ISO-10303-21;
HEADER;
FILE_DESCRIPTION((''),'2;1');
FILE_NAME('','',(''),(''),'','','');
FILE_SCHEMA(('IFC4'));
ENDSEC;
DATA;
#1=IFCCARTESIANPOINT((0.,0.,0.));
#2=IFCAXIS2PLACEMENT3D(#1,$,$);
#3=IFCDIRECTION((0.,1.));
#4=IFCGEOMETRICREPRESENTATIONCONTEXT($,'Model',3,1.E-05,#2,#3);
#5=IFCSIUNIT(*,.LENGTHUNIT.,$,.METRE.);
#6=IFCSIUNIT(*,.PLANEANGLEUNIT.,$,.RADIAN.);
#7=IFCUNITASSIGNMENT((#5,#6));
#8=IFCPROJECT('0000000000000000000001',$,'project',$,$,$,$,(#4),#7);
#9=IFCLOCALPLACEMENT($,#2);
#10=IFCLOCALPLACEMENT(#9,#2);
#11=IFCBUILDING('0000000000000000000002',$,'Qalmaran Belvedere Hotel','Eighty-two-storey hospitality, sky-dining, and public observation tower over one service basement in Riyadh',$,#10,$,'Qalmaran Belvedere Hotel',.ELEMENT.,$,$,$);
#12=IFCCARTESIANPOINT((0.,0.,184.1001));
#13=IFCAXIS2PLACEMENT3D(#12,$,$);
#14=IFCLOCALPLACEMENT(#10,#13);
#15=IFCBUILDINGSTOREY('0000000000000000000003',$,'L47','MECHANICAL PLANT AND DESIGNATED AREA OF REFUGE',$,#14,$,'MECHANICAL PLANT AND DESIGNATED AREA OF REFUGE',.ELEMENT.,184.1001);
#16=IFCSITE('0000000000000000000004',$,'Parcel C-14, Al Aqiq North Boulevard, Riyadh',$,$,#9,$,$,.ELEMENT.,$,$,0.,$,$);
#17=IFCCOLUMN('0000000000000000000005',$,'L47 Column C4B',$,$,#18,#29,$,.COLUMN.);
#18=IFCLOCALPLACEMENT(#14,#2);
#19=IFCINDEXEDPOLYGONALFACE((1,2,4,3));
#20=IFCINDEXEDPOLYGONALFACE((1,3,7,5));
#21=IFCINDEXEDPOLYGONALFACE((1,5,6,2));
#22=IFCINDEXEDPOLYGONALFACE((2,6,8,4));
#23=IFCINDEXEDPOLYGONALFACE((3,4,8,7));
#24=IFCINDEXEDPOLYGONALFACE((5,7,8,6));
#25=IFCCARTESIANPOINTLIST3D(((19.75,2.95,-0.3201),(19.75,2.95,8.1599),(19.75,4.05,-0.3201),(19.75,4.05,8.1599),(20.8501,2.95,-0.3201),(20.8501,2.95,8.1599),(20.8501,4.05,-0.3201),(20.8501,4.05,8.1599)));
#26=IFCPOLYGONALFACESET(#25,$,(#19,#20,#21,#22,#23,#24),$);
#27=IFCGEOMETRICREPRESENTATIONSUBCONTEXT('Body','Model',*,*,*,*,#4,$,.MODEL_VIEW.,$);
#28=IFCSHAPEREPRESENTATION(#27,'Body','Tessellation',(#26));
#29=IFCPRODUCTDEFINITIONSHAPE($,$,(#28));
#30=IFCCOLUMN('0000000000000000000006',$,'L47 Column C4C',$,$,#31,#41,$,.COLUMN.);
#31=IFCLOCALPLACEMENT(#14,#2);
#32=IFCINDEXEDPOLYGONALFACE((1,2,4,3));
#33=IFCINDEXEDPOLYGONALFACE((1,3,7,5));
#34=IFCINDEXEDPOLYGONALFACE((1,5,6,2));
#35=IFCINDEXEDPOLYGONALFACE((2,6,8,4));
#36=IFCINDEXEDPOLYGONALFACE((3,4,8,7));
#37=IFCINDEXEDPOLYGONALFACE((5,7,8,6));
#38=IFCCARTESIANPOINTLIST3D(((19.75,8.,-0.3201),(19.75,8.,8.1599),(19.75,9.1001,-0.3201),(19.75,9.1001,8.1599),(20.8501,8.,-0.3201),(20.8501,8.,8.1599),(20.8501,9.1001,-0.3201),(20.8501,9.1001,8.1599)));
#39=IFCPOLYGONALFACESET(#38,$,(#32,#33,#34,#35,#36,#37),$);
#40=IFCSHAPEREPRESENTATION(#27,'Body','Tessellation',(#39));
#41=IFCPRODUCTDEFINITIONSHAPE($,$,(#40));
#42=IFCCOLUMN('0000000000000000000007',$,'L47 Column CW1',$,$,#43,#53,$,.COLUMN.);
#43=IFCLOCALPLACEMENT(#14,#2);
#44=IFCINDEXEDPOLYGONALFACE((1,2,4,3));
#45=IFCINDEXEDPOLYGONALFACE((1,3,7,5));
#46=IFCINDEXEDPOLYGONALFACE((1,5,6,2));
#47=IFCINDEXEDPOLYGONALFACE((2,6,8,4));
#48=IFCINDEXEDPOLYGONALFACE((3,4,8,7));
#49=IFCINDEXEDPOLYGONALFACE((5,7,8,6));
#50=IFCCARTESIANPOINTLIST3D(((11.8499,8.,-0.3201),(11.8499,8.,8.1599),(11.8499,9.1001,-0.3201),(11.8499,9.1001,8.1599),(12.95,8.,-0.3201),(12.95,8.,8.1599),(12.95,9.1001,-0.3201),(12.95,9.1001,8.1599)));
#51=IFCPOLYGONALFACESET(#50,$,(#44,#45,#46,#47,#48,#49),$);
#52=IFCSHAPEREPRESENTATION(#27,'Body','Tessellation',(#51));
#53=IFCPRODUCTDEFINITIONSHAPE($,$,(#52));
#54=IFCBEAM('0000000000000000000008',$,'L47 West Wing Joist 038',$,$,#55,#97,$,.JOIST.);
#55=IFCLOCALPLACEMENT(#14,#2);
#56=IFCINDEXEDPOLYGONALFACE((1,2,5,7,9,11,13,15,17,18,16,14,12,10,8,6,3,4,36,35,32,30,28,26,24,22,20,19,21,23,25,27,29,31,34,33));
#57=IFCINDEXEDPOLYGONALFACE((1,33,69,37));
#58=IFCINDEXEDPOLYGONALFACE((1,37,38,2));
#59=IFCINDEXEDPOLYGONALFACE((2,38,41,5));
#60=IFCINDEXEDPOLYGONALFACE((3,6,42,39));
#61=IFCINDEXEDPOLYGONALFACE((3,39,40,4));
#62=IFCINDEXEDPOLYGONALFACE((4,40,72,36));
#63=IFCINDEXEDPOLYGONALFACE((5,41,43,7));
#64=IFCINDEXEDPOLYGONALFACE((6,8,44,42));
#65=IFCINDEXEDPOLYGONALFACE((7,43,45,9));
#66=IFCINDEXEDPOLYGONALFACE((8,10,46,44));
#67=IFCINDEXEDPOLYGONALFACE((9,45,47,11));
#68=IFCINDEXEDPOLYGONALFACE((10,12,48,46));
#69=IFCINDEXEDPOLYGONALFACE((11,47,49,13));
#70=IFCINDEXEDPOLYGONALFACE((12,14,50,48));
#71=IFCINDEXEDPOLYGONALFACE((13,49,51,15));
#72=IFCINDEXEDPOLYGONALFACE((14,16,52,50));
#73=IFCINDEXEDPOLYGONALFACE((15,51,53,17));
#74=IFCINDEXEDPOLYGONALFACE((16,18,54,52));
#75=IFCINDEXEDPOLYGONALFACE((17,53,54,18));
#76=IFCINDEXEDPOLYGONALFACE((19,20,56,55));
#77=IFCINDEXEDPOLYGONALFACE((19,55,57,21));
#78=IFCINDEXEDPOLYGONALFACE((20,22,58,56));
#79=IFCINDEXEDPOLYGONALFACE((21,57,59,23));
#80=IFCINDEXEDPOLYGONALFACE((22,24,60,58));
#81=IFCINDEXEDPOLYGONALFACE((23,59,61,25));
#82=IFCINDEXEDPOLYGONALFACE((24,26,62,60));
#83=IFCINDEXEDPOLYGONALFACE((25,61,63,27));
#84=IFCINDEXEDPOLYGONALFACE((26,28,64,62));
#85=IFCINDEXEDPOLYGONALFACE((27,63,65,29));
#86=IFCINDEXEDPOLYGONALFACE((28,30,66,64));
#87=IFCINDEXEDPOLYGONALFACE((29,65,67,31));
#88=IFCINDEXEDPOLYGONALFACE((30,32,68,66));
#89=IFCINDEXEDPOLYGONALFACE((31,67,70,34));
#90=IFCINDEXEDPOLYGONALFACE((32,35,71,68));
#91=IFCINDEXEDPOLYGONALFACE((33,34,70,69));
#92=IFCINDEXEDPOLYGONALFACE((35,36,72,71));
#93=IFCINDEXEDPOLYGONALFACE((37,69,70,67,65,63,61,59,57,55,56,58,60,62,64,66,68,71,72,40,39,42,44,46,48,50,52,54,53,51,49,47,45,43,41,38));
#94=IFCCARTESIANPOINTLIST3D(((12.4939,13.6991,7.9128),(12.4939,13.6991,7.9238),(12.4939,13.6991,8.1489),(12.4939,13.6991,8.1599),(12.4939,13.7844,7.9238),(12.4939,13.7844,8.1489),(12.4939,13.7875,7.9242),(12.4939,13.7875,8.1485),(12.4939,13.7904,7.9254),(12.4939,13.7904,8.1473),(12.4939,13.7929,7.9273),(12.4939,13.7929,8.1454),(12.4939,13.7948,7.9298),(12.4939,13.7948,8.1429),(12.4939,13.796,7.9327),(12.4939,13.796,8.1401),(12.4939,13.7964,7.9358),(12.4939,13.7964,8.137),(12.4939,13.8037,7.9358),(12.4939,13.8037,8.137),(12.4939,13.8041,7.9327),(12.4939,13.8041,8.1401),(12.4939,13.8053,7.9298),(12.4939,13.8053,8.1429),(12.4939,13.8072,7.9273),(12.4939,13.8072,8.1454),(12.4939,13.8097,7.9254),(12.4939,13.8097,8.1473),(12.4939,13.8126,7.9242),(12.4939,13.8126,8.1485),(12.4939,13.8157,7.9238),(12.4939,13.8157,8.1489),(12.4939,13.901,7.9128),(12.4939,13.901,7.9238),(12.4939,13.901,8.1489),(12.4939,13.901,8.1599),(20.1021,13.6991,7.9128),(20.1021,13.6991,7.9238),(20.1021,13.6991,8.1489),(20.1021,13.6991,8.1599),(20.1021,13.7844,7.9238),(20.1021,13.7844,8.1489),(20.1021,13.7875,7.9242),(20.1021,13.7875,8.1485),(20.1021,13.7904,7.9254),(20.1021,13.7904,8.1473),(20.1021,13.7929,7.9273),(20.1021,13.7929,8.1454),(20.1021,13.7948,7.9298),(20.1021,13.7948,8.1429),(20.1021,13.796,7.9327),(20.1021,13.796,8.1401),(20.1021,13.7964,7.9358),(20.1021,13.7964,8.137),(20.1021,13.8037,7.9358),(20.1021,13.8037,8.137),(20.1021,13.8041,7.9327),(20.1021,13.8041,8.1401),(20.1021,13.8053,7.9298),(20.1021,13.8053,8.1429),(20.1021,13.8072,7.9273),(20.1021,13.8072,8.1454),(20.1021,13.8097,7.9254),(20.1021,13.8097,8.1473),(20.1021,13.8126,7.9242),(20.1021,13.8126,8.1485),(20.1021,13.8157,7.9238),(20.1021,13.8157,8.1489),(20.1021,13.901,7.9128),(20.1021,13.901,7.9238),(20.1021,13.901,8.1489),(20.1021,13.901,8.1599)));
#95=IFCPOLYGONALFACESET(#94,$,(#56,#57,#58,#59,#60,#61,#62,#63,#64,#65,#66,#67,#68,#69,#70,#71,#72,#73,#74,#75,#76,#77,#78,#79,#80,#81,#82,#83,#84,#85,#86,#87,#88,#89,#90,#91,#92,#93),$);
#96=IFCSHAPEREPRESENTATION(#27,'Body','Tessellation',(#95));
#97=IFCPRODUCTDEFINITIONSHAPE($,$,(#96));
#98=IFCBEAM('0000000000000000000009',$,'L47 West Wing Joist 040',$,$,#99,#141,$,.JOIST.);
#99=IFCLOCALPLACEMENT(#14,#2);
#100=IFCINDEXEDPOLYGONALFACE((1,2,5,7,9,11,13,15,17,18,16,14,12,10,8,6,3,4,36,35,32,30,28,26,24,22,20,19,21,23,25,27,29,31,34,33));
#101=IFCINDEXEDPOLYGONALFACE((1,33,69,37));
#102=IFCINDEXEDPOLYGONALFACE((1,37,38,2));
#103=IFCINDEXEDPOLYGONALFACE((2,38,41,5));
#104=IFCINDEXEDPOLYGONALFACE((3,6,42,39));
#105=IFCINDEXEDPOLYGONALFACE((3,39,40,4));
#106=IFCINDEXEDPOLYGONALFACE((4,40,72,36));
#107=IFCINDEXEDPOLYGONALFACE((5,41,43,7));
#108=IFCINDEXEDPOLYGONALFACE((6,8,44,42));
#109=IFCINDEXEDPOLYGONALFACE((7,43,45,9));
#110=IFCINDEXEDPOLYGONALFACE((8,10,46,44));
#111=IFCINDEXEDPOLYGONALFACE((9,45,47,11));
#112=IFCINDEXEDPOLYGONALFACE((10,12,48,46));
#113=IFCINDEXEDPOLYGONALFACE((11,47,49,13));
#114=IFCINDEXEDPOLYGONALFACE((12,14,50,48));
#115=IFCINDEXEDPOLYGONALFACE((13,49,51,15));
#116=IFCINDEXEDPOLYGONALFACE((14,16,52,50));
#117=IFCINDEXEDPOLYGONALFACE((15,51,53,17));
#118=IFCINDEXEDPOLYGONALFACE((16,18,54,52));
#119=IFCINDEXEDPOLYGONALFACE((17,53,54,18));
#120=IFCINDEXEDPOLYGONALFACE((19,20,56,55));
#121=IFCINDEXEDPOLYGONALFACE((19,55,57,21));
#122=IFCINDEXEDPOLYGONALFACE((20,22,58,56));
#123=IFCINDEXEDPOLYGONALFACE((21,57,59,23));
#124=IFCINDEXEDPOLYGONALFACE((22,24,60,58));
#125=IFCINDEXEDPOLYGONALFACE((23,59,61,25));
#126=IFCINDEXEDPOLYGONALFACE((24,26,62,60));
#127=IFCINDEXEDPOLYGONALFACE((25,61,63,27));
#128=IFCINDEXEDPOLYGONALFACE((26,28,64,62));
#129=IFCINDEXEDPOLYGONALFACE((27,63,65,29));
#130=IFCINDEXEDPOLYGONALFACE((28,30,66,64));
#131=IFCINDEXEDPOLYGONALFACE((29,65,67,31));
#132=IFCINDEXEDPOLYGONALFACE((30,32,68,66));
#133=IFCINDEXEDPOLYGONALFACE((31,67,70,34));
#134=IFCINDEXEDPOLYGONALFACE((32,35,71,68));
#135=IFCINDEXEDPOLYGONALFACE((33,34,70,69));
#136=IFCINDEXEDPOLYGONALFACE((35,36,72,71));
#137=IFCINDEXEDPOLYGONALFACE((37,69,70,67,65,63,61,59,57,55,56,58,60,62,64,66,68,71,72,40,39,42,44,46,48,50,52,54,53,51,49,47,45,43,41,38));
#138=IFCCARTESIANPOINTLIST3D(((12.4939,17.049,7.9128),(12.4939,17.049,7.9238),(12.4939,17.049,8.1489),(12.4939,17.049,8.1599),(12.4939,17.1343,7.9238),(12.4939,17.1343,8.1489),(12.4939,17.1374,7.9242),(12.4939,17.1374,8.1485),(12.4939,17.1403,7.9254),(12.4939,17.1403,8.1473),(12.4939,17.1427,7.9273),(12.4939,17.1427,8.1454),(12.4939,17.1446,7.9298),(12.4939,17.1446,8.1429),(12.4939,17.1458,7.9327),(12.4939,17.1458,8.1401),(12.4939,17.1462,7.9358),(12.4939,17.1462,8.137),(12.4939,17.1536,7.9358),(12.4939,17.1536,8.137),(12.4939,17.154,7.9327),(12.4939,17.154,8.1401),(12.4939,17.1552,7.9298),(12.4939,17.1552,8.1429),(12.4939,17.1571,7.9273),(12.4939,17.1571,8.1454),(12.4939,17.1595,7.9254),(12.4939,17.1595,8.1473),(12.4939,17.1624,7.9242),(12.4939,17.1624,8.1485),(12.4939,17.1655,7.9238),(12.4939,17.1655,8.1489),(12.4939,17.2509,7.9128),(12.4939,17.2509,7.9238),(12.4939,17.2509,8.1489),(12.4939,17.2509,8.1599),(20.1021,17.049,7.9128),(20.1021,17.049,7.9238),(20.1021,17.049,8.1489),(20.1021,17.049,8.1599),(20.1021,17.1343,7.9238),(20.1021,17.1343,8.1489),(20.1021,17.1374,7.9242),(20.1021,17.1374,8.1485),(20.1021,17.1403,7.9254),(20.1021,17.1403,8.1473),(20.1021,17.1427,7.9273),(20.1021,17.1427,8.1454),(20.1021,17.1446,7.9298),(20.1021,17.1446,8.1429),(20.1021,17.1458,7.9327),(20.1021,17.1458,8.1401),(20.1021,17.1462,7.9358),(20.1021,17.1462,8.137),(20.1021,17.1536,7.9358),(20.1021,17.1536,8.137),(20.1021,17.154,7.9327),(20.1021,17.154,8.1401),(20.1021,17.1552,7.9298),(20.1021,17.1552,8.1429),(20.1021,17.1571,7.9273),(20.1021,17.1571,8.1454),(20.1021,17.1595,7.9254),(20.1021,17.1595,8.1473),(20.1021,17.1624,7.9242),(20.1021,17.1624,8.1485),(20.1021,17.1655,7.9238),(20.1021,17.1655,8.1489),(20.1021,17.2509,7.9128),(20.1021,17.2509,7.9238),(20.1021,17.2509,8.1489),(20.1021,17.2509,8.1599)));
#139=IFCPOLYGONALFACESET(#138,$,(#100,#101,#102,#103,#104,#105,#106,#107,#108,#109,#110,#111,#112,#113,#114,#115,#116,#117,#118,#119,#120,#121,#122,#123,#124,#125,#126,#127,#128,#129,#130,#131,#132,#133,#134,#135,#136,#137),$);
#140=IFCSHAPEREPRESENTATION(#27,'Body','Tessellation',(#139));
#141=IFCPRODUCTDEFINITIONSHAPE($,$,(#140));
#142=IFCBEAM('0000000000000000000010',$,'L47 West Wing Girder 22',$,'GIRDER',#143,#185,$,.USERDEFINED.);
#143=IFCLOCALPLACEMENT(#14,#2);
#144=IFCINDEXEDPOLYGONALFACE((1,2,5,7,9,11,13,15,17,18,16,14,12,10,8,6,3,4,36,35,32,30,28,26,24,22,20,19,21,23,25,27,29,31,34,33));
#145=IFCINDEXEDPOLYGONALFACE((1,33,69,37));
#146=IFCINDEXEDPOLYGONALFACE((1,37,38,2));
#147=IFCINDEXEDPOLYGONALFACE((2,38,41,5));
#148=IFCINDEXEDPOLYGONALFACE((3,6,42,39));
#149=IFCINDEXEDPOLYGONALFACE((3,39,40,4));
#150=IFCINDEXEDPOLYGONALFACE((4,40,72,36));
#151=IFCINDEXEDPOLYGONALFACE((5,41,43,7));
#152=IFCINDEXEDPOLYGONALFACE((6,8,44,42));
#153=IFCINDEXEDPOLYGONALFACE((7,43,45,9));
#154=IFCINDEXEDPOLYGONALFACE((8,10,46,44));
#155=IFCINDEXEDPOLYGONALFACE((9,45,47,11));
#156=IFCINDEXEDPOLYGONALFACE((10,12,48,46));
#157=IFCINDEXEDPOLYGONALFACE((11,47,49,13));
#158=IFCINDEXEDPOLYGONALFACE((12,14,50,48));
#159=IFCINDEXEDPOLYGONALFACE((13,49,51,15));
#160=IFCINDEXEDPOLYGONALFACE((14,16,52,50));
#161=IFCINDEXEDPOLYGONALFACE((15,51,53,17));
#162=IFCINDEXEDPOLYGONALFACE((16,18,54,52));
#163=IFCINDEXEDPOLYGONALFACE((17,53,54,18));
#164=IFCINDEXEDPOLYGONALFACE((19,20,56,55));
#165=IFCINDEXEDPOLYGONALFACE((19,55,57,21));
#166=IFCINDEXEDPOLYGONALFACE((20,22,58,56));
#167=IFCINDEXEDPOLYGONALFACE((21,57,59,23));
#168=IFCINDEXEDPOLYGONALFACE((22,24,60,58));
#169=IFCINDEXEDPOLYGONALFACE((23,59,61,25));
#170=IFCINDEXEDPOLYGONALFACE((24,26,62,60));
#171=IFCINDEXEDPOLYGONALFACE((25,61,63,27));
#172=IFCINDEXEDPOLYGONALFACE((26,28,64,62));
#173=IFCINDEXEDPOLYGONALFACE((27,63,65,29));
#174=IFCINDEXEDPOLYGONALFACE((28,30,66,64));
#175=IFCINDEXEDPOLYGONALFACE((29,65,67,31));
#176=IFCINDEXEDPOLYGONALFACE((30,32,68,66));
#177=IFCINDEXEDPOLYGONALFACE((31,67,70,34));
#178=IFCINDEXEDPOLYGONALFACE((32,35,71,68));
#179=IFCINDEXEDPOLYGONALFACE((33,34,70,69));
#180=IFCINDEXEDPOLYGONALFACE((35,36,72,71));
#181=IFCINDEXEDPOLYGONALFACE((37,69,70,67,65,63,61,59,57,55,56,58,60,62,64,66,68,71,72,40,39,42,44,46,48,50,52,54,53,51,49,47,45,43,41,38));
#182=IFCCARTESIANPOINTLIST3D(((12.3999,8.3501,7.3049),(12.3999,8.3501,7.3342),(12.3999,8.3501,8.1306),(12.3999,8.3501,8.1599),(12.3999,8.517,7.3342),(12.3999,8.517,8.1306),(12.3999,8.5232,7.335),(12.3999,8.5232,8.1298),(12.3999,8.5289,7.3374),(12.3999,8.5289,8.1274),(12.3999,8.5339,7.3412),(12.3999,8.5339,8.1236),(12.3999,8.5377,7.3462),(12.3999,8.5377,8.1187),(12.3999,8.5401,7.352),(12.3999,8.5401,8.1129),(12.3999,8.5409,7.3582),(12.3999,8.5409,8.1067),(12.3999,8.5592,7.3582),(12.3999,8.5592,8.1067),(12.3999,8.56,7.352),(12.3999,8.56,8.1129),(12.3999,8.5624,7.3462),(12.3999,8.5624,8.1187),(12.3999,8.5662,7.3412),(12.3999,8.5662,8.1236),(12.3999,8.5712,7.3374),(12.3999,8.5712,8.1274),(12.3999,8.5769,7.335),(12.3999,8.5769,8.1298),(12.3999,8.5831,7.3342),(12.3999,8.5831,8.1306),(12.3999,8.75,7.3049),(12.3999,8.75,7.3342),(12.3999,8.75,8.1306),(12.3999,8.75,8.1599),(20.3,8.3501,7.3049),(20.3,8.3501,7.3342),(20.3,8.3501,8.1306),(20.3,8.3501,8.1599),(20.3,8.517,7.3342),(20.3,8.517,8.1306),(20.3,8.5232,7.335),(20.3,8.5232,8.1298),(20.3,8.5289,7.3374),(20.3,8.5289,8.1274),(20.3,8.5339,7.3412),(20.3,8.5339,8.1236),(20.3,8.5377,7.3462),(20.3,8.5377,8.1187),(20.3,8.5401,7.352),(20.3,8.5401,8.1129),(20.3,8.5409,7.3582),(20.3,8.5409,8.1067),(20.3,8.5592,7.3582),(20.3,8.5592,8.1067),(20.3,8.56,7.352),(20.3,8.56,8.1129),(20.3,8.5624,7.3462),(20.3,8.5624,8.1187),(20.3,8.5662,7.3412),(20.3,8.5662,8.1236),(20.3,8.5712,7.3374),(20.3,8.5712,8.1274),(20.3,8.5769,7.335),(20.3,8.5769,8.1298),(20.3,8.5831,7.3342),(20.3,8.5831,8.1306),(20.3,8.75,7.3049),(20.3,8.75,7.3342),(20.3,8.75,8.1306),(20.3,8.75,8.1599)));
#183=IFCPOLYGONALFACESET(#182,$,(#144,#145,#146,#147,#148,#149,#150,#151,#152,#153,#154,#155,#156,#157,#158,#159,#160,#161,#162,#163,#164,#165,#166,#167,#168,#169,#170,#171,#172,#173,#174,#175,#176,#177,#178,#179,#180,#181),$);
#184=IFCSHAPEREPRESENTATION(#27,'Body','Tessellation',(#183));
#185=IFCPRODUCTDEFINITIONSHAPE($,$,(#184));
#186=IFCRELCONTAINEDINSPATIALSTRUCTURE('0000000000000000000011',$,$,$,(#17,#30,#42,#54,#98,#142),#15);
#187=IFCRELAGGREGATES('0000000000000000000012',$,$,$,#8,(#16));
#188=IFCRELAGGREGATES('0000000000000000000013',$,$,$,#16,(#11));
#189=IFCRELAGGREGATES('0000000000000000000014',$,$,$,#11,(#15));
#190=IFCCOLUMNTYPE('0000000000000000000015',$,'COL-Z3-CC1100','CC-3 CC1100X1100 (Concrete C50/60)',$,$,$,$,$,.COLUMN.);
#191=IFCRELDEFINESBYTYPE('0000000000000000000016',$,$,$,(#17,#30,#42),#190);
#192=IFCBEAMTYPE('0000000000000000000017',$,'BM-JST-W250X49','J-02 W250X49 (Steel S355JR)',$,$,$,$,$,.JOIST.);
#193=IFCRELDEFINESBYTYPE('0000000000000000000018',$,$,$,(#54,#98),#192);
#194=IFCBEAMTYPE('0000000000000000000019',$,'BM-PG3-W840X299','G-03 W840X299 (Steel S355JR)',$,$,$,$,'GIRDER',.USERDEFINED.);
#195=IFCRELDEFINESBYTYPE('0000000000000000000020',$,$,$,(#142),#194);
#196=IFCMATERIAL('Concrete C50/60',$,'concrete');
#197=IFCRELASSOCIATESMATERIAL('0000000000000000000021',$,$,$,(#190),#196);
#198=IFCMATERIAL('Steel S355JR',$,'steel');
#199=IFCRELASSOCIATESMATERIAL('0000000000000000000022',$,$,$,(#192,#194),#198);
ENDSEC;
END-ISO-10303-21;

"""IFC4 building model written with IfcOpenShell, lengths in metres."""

from ifc_helpers import new_model, si_unit, direction, frame, origin, origin_2d, place, context, subcontext, project, spatial, rectangle, i_section, extrude, material, material_profile, profile_set, type_object, element, save


model = new_model("IFC4")

# Units and contexts
model_context = context("Model", 3, precision=1e-05, world=origin(), true_north=direction((0.0, 1.0)))
body_context = subcontext(model_context, "Body", "Model", "MODEL_VIEW")
ifc_project = project(units=[si_unit("LENGTHUNIT", "METRE"), si_unit("PLANEANGLEUNIT", "RADIAN")], contexts=[model_context])

# Site, building, storey
site_placement = place(None, origin())
site = spatial("IfcSite", under=ifc_project, at=site_placement, Name="Parcel C-14, Al Aqiq North Boulevard, Riyadh", CompositionType="ELEMENT", RefElevation=0.0)
building_placement = place(site_placement, origin())
building = spatial("IfcBuilding", under=site, at=building_placement, Name="Qalmaran Belvedere Hotel", Description="Eighty-two-storey hospitality, sky-dining, and public observation tower over one service basement in Riyadh", LongName="Qalmaran Belvedere Hotel", CompositionType="ELEMENT")
storey_placement = place(building_placement, frame((0.0, 0.0, 184.1001)))
storey = spatial("IfcBuildingStorey", under=building, at=storey_placement, Name="L47", Description="MECHANICAL PLANT AND DESIGNATED AREA OF REFUGE", LongName="MECHANICAL PLANT AND DESIGNATED AREA OF REFUGE", CompositionType="ELEMENT", Elevation=184.1001)

# Columns
ifc_material_1 = material(Name="Concrete C50/60", Category="concrete")
ifc_material_profile_1 = material_profile(ifc_material_1, rectangle(XDim=1.1001, YDim=1.1001, at=origin_2d()), Name="CC1100X1100")
ifc_profile_set_1 = profile_set([ifc_material_profile_1], Name="Concrete C50/60")
column_type = type_object("IfcColumnType", Name="COL-Z3-CC1100", Description="CC-3 CC1100X1100 (Concrete C50/60)", PredefinedType="COLUMN", material=ifc_profile_set_1)
for number, where, z_axis, x_axis, name in (
    (1, (20.3, 3.5, -0.3201), (0.0, 0.0, 1.0), (1.0, 0.0, 0.0), "L47 Column C4B"),
    (2, (20.3, 8.55, -0.3201), (0.0, 0.0, 1.0), (1.0, 0.0, 0.0), "L47 Column C4C"),
    (3, (12.3999, 8.55, -0.3201), (0.0, 0.0, 1.0), (1.0, 0.0, 0.0), "L47 Column CW1"),
):
    element("IfcColumn", number, at=place(storey_placement, frame(where, z_axis=z_axis, x_axis=x_axis)), inside=storey, type_object=column_type, Name=name, PredefinedType="COLUMN", context=body_context, shape_type="SweptSolid", body=[
        extrude(rectangle(XDim=1.1001, YDim=1.1001, at=origin_2d()), origin(), (0.0, 0.0, 1.0), 8.48),
    ])

# Beams
ifc_material_2 = material(Name="Steel S355JR", Category="steel")
ifc_material_profile_2 = material_profile(ifc_material_2, i_section(OverallWidth=0.2019, OverallDepth=0.2471, WebThickness=0.0073, FlangeThickness=0.011, FilletRadius=0.012, at=origin_2d()), Name="W250X49")
ifc_profile_set_2 = profile_set([ifc_material_profile_2], Name="Steel S355JR")
beam_type_1 = type_object("IfcBeamType", Name="BM-JST-W250X49", Description="J-02 W250X49 (Steel S355JR)", PredefinedType="JOIST", material=ifc_profile_set_2)
for number, where, z_axis, x_axis, name in (
    (4, (12.4939, 13.8, 8.0364), (1.0, 0.0, 0.0), (0.0, 1.0, 0.0), "L47 West Wing Joist 038"),
    (5, (12.4939, 17.1499, 8.0364), (1.0, 0.0, 0.0), (0.0, 1.0, 0.0), "L47 West Wing Joist 040"),
):
    element("IfcBeam", number, at=place(storey_placement, frame(where, z_axis=z_axis, x_axis=x_axis)), inside=storey, type_object=beam_type_1, Name=name, PredefinedType="JOIST", context=body_context, shape_type="SweptSolid", body=[
        extrude(i_section(OverallWidth=0.2019, OverallDepth=0.2471, WebThickness=0.0073, FlangeThickness=0.011, FilletRadius=0.012, at=origin_2d()), origin(), (0.0, 0.0, 1.0), 7.6082),
    ])
ifc_material_profile_3 = material_profile(ifc_material_2, i_section(OverallWidth=0.3999, OverallDepth=0.855, WebThickness=0.0183, FlangeThickness=0.0293, FilletRadius=0.0239, at=origin_2d()), Name="W840X299")
ifc_profile_set_3 = profile_set([ifc_material_profile_3], Name="Steel S355JR")
beam_type_2 = type_object("IfcBeamType", Name="BM-PG3-W840X299", Description="G-03 W840X299 (Steel S355JR)", ElementType="GIRDER", PredefinedType="USERDEFINED", material=ifc_profile_set_3)
beam_1_placement = place(storey_placement, frame((12.3999, 8.55, 7.7324), z_axis=(1.0, 0.0, 0.0), x_axis=(0.0, 1.0, 0.0)))
element("IfcBeam", 6, at=beam_1_placement, inside=storey, type_object=beam_type_2, Name="L47 West Wing Girder 22", ObjectType="GIRDER", PredefinedType="USERDEFINED", context=body_context, shape_type="SweptSolid", body=[
    extrude(i_section(OverallWidth=0.3999, OverallDepth=0.855, WebThickness=0.0183, FlangeThickness=0.0293, FilletRadius=0.0239, at=origin_2d()), origin(), (0.0, 0.0, 1.0), 7.9001),
])

save(model, "model.ifc")
